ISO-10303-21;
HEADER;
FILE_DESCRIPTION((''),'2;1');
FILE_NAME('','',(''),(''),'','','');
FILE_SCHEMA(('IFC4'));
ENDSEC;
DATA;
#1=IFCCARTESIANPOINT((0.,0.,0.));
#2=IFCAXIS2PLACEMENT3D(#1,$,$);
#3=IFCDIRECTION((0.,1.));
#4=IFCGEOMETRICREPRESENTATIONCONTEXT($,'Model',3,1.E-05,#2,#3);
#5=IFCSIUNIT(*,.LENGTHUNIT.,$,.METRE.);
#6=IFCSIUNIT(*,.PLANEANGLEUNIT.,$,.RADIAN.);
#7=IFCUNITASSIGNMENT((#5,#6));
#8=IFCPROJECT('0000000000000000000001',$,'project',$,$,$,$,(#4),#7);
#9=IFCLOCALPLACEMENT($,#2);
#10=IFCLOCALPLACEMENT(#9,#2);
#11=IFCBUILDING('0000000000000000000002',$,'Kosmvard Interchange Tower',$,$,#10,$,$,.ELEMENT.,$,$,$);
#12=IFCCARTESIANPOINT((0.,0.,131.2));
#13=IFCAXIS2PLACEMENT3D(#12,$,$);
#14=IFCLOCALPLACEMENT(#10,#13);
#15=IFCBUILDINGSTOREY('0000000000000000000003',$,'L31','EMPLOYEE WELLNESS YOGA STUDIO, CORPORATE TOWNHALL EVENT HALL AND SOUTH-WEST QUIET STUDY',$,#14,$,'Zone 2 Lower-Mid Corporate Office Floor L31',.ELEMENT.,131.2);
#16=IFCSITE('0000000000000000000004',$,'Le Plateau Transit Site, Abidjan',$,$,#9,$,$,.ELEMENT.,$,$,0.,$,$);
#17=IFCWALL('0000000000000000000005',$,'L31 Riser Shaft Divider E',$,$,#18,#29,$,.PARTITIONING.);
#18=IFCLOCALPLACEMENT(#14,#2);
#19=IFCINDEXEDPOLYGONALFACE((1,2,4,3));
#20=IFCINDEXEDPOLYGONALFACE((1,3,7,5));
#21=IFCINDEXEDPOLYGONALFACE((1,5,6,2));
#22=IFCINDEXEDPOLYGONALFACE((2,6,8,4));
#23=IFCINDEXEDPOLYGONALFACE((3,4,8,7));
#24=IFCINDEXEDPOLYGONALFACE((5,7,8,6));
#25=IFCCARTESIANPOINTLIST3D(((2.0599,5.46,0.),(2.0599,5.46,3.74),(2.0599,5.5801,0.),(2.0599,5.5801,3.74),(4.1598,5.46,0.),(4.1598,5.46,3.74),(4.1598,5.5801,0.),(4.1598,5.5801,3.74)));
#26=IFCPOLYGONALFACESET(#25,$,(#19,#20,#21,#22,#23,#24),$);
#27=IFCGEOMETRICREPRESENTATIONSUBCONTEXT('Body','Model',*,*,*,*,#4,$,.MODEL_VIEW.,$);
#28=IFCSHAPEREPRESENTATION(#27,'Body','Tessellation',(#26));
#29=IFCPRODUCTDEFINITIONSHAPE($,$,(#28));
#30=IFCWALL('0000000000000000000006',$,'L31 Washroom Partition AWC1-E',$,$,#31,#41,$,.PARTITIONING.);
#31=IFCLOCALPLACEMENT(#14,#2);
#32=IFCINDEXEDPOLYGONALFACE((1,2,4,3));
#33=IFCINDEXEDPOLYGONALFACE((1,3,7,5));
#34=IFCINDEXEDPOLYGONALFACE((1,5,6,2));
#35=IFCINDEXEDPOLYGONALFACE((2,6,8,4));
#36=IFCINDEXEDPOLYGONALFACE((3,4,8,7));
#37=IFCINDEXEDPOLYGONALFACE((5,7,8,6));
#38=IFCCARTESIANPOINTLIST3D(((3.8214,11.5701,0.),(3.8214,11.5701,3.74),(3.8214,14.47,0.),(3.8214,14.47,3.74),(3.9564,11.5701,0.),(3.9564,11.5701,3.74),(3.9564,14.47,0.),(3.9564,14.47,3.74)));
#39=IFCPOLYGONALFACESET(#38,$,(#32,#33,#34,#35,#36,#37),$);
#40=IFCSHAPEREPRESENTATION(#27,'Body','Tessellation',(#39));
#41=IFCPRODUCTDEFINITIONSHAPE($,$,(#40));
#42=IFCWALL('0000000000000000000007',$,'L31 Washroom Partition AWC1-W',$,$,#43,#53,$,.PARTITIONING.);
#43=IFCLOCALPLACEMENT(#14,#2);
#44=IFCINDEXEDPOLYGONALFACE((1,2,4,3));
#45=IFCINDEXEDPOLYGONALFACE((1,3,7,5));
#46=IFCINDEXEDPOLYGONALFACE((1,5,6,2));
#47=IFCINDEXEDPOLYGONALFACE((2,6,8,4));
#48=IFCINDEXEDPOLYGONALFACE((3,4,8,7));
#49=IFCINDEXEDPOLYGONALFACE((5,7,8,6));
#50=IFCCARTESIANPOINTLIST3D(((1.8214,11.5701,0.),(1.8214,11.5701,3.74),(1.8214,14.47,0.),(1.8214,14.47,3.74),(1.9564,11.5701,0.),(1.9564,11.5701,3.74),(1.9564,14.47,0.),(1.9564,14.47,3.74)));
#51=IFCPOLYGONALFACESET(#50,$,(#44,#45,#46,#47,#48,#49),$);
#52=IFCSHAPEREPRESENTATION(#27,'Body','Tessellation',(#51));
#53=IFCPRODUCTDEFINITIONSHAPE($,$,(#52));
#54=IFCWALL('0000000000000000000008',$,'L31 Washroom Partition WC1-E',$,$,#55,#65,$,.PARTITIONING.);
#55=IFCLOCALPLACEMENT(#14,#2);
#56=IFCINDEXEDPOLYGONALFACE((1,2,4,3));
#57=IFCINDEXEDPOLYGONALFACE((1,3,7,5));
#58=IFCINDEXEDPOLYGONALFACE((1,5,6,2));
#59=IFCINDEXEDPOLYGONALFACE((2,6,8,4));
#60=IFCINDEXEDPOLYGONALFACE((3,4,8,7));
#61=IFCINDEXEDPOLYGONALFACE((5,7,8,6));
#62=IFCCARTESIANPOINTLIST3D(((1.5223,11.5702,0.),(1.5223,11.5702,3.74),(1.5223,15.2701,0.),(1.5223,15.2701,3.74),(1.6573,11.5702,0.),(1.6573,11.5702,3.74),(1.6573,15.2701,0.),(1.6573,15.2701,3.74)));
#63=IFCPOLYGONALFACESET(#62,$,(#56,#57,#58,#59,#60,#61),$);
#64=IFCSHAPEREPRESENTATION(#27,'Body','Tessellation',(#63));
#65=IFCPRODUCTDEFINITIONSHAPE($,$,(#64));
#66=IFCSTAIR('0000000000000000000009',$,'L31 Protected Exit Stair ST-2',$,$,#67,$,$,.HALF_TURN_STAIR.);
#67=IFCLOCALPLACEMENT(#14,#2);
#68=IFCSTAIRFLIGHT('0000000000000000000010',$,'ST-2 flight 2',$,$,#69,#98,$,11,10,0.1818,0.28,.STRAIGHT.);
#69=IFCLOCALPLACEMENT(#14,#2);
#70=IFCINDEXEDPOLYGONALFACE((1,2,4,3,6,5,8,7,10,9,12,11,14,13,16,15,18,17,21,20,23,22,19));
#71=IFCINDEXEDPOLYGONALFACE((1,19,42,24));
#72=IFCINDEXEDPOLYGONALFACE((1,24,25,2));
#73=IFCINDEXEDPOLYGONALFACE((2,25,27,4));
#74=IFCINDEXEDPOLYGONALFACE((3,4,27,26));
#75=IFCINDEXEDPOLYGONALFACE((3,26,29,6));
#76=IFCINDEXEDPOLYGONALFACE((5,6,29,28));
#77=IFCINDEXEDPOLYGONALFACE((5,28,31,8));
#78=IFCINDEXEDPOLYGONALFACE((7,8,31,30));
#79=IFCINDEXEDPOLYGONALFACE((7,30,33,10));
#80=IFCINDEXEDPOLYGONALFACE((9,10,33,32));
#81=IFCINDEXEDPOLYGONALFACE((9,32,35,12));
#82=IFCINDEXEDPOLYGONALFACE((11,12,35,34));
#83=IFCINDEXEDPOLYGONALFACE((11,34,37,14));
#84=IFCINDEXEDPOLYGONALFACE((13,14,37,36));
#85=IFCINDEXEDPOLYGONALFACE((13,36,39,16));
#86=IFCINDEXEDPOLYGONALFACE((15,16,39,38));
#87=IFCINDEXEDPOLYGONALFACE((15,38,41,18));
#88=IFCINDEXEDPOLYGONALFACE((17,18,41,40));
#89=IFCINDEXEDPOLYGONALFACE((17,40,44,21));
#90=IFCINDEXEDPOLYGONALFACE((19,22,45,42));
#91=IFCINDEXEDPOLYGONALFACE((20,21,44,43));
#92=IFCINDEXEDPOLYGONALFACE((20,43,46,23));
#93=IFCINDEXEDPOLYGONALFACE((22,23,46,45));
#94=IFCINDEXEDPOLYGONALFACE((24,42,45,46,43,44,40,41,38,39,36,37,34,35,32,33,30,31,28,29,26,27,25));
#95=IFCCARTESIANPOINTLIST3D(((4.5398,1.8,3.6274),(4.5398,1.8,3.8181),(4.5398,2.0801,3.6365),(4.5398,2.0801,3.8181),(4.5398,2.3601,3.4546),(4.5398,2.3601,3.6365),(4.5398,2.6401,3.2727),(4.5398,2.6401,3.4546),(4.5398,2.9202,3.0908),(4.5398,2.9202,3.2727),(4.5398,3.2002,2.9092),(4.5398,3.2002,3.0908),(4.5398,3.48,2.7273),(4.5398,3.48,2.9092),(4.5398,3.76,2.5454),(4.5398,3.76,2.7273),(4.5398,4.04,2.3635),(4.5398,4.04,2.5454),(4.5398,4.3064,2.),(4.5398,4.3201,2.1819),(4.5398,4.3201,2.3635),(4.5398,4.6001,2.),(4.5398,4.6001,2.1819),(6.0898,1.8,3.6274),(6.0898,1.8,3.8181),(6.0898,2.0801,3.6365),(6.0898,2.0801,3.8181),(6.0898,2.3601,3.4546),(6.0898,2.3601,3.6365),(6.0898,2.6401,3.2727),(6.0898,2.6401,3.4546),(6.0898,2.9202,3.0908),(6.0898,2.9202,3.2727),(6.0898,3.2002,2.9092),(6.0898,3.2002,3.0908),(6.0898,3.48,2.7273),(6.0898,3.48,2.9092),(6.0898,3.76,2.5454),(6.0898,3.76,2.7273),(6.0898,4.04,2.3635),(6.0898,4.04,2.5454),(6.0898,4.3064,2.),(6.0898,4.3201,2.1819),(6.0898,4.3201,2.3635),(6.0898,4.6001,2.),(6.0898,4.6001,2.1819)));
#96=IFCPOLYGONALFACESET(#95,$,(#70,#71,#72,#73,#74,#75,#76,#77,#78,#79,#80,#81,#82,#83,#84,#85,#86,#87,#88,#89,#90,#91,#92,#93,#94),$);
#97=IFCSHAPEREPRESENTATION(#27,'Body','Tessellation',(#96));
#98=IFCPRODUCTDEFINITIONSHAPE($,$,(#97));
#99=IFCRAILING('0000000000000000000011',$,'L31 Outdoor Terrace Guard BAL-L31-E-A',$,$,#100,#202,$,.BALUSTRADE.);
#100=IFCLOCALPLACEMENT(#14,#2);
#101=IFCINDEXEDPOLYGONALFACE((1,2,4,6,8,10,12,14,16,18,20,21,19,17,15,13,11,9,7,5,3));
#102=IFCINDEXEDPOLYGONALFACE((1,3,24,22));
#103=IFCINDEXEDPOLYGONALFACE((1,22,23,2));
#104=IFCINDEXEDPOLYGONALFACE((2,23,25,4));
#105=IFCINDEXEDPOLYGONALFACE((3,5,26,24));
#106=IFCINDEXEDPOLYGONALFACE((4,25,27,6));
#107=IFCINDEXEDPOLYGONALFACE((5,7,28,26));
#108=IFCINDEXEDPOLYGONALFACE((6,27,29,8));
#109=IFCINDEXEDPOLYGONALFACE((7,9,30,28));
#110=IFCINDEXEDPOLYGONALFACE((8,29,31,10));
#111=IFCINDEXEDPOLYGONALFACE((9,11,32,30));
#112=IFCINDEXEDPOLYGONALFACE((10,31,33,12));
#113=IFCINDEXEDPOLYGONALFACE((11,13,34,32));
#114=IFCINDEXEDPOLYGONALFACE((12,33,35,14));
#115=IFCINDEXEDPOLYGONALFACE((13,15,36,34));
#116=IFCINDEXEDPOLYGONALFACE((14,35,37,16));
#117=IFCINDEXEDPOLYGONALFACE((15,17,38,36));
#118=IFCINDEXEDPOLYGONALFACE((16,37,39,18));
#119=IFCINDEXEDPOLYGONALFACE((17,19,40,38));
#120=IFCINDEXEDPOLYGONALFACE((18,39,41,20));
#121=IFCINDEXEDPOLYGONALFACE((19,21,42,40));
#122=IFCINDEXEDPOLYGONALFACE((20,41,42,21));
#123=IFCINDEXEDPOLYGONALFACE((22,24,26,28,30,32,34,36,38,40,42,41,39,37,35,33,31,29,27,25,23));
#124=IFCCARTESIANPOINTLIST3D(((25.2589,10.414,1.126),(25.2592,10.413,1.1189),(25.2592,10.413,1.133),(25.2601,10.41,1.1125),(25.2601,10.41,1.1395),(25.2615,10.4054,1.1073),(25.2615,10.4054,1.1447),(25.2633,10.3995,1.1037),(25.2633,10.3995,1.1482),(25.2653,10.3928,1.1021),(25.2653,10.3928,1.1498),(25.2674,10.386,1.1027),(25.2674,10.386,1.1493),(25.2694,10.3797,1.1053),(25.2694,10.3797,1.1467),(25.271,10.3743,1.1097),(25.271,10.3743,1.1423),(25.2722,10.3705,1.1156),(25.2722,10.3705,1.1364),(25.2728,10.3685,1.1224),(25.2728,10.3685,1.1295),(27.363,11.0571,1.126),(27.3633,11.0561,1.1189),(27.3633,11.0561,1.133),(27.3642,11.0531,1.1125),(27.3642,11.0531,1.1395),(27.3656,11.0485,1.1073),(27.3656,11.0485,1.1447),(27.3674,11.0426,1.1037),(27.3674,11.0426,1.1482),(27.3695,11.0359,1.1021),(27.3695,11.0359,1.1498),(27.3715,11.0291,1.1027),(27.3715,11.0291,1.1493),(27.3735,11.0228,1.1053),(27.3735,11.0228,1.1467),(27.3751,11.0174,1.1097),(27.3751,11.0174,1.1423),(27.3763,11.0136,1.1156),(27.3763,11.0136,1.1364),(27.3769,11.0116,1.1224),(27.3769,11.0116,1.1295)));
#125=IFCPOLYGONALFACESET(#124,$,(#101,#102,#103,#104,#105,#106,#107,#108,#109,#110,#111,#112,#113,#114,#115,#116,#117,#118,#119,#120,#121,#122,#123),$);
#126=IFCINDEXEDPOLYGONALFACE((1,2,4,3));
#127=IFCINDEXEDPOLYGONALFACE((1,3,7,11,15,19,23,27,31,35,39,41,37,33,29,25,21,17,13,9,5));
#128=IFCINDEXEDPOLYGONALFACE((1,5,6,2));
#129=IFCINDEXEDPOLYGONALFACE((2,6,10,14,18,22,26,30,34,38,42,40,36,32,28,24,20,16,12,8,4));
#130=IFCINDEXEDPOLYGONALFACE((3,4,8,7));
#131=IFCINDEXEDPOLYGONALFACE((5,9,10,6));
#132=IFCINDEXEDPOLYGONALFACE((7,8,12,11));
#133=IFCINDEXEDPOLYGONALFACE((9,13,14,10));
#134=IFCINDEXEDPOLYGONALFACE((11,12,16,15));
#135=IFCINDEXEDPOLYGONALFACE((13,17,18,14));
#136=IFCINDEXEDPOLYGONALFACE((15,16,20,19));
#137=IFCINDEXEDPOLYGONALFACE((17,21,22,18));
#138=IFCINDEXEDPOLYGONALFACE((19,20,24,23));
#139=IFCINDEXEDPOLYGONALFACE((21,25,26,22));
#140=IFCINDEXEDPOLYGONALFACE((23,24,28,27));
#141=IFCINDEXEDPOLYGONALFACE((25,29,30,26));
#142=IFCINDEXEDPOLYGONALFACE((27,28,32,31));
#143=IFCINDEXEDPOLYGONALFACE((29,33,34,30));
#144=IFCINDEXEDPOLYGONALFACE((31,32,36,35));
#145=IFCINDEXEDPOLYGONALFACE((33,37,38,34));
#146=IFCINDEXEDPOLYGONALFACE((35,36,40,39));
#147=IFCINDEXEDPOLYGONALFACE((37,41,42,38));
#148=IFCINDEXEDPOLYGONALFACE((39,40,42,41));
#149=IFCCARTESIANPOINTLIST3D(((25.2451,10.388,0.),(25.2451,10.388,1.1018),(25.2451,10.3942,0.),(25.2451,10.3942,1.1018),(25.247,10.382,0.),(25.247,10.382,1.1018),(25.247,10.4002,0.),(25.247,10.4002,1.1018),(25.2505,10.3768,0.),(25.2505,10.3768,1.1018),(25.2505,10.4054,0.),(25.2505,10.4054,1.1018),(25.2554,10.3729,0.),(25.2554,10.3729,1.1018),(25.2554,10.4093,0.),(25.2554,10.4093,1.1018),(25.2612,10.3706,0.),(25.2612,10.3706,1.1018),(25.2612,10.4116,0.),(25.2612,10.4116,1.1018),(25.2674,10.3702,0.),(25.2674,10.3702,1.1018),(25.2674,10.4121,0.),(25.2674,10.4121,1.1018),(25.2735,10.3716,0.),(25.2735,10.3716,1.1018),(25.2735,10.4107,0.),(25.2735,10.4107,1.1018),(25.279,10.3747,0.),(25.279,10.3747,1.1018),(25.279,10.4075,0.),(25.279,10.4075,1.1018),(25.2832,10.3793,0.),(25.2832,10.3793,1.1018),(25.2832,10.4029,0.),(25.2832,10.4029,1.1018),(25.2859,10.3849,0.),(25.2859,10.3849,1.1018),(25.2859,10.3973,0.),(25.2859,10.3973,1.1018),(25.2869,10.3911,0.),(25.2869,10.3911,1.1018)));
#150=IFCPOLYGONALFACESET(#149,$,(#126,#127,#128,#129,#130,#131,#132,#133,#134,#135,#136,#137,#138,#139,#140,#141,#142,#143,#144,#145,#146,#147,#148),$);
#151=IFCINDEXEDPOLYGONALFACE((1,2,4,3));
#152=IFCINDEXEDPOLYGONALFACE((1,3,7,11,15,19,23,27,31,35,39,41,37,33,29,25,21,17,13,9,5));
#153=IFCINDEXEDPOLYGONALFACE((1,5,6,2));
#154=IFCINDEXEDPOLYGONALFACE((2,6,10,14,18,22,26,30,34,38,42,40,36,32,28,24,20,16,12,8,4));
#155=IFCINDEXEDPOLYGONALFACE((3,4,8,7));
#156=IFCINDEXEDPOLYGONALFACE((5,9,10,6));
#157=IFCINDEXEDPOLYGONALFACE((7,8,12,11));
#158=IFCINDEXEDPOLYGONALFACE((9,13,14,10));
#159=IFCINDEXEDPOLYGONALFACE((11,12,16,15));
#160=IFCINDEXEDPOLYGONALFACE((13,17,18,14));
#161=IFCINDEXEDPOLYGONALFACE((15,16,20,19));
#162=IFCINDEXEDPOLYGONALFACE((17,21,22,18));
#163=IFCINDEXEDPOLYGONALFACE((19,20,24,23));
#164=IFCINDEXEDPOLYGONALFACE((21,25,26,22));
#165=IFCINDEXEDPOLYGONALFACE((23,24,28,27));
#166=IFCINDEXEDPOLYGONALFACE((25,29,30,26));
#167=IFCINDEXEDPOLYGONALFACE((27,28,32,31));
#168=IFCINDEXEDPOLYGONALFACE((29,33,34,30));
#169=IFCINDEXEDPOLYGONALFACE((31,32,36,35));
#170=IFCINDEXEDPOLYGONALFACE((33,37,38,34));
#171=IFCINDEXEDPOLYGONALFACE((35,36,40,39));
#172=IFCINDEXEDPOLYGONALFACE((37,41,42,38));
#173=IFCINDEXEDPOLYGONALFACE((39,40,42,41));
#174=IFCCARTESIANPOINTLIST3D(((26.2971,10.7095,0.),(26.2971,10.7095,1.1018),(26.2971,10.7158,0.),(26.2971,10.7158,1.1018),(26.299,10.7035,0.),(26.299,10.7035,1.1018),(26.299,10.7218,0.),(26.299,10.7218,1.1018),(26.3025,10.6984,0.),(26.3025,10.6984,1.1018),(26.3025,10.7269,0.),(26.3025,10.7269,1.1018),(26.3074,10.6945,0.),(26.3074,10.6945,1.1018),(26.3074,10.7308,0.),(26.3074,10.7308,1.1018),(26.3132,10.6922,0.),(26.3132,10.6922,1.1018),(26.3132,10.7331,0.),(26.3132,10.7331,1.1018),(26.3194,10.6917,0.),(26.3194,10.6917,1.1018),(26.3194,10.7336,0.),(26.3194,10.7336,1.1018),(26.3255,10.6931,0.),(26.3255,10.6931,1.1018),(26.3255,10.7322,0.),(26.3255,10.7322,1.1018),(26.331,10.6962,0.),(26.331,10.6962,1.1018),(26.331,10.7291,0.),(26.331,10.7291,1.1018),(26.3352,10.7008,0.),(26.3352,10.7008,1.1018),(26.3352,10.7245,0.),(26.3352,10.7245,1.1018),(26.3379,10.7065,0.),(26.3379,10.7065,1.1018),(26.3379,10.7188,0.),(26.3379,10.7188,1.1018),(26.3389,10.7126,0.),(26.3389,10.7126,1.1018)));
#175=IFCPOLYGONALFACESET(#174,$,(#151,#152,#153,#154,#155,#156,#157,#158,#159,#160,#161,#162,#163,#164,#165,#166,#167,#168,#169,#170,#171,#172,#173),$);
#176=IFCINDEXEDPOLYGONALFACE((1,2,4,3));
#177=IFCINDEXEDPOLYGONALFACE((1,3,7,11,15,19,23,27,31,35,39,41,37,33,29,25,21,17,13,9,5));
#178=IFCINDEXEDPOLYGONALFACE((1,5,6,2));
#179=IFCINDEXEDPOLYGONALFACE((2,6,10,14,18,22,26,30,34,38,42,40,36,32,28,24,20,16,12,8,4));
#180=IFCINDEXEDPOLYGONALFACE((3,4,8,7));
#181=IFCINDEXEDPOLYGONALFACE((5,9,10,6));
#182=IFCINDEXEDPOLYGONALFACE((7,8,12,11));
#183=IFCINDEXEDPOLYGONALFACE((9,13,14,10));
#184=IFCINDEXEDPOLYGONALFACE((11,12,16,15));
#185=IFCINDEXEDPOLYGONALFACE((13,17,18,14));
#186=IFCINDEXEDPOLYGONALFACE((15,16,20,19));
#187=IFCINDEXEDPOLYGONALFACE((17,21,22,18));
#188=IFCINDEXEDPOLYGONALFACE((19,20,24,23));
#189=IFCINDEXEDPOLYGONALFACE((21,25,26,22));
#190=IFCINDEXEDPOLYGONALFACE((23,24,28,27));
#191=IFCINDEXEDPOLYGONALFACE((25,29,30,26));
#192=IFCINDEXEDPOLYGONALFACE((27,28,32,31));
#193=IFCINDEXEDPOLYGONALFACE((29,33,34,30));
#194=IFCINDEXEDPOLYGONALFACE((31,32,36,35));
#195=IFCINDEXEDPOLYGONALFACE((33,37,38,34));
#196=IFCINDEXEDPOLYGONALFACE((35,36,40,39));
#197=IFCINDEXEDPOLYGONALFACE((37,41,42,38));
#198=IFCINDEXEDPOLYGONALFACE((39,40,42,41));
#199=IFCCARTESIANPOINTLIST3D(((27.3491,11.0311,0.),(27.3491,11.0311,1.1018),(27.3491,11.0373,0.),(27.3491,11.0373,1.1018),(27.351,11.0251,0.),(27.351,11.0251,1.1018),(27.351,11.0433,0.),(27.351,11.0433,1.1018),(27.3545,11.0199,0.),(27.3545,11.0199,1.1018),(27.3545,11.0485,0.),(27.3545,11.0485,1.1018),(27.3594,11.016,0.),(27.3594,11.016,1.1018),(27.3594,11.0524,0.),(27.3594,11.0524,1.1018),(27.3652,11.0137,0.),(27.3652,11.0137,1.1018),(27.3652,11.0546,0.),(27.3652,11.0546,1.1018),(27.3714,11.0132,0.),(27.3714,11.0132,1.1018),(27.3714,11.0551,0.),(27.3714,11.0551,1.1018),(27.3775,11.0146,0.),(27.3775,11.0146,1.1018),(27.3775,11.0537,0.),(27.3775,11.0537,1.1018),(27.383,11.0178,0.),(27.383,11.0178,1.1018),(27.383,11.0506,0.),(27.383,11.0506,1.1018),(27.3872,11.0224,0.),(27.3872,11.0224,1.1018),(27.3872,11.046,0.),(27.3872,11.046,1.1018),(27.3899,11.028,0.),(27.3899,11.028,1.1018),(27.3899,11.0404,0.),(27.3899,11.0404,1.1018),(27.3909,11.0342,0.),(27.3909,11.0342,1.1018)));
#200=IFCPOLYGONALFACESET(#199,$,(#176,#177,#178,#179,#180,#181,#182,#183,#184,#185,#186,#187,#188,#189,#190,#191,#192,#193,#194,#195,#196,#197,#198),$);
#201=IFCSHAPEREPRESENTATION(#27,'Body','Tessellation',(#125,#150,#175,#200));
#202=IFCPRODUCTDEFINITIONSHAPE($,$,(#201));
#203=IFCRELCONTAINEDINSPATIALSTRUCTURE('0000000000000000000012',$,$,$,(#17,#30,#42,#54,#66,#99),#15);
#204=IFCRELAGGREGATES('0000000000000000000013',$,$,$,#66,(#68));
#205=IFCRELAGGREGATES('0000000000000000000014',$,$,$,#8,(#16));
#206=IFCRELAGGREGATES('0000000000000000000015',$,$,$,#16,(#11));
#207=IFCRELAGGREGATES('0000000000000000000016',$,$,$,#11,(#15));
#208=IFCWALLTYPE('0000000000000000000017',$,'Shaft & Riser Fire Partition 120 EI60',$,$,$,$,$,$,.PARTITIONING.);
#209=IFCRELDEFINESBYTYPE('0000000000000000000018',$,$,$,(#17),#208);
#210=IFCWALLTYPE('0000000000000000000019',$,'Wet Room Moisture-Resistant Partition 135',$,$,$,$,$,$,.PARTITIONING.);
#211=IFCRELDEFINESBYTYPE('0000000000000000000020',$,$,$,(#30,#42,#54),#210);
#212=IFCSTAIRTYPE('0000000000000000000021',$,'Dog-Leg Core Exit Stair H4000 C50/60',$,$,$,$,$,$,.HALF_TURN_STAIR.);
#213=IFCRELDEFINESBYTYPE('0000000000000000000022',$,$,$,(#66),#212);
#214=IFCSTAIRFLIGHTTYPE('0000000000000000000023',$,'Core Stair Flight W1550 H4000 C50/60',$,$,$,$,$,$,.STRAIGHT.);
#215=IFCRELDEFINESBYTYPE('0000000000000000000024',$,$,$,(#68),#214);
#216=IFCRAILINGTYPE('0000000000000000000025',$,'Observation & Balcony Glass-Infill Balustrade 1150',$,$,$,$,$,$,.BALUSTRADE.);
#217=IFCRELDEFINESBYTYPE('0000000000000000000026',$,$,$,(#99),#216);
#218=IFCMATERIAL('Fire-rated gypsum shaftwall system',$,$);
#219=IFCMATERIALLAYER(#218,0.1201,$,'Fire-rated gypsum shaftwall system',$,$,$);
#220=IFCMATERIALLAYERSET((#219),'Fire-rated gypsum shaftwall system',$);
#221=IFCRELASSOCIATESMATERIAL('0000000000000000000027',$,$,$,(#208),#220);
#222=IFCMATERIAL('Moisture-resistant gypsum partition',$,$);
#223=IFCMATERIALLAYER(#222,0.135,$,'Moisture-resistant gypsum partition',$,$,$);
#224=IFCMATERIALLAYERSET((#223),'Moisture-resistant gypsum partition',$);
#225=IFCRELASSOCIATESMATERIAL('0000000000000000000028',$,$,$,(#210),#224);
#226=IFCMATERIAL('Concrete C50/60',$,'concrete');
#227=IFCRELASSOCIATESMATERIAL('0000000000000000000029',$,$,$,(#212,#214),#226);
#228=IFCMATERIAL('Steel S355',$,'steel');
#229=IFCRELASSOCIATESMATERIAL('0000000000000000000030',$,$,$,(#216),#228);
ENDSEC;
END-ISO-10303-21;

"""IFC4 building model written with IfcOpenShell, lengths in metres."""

from ifc_helpers import new_model, si_unit, direction, frame, frame_2d, origin, origin_2d, place, context, subcontext, project, spatial, polyline, rectangle, circle, outline, extrude, source, transform, mapped, material, layer, layer_set, type_object, element, aggregate, save


model = new_model("IFC4")

# Units and contexts
model_context = context("Model", 3, precision=1e-05, world=origin(), true_north=direction((0.0, 1.0)))
body_context = subcontext(model_context, "Body", "Model", "MODEL_VIEW")
ifc_project = project(units=[si_unit("LENGTHUNIT", "METRE"), si_unit("PLANEANGLEUNIT", "RADIAN")], contexts=[model_context])

# Site, building, storey
site_placement = place(None, origin())
site = spatial("IfcSite", under=ifc_project, at=site_placement, Name="Le Plateau Transit Site, Abidjan", CompositionType="ELEMENT", RefElevation=0.0)
building_placement = place(site_placement, origin())
building = spatial("IfcBuilding", under=site, at=building_placement, Name="Kosmvard Interchange Tower", CompositionType="ELEMENT")
storey_placement = place(building_placement, frame((0.0, 0.0, 131.2)))
storey = spatial("IfcBuildingStorey", under=building, at=storey_placement, Name="L31", Description="EMPLOYEE WELLNESS YOGA STUDIO, CORPORATE TOWNHALL EVENT HALL AND SOUTH-WEST QUIET STUDY", LongName="Zone 2 Lower-Mid Corporate Office Floor L31", CompositionType="ELEMENT", Elevation=131.2)

# Shared definitions
ifc_material_1 = material(Name="Steel S355", Category="steel")

# Walls
ifc_material_2 = material(Name="Fire-rated gypsum shaftwall system")
ifc_layer_1 = layer(ifc_material_2, 0.1201, Name="Fire-rated gypsum shaftwall system")
ifc_layer_set_1 = layer_set([ifc_layer_1], Name="Fire-rated gypsum shaftwall system")
wall_type_1 = type_object("IfcWallType", Name="Shaft & Riser Fire Partition 120 EI60", PredefinedType="PARTITIONING", material=ifc_layer_set_1)
wall_1_placement = place(storey_placement, frame((2.0601, 5.52, 0.0), z_axis=(0.0, 0.0, 1.0), x_axis=(1.0, 0.0, 0.0)))
element("IfcWall", 1, at=wall_1_placement, inside=storey, type_object=wall_type_1, Name="L31 Riser Shaft Divider E", PredefinedType="PARTITIONING", context=body_context, shape_type="SweptSolid", body=[
    extrude(rectangle(XDim=2.0999, YDim=0.1201, at=frame_2d((1.0498, 0.0))), origin(), (0.0, 0.0, 1.0), 3.74),
])
ifc_material_3 = material(Name="Moisture-resistant gypsum partition")
ifc_layer_2 = layer(ifc_material_3, 0.135, Name="Moisture-resistant gypsum partition")
ifc_layer_set_2 = layer_set([ifc_layer_2], Name="Moisture-resistant gypsum partition")
wall_type_2 = type_object("IfcWallType", Name="Wet Room Moisture-Resistant Partition 135", PredefinedType="PARTITIONING", material=ifc_layer_set_2)
for number, where, z_axis, x_axis, name in (
    (2, (3.8889, 11.5701, 0.0), (0.0, 0.0, 1.0), (0.0, 1.0, 0.0), "L31 Washroom Partition AWC1-E"),
    (3, (1.8889, 11.5701, 0.0), (0.0, 0.0, 1.0), (0.0, 1.0, 0.0), "L31 Washroom Partition AWC1-W"),
):
    element("IfcWall", number, at=place(storey_placement, frame(where, z_axis=z_axis, x_axis=x_axis)), inside=storey, type_object=wall_type_2, Name=name, PredefinedType="PARTITIONING", context=body_context, shape_type="SweptSolid", body=[
        extrude(rectangle(XDim=2.8999, YDim=0.135, at=frame_2d((1.45, 0.0))), origin(), (0.0, 0.0, 1.0), 3.74),
    ])
wall_2_placement = place(storey_placement, frame((1.5898, 11.5701, 0.0), z_axis=(0.0, 0.0, 1.0), x_axis=(0.0, 1.0, 0.0)))
element("IfcWall", 4, at=wall_2_placement, inside=storey, type_object=wall_type_2, Name="L31 Washroom Partition WC1-E", PredefinedType="PARTITIONING", context=body_context, shape_type="SweptSolid", body=[
    extrude(rectangle(XDim=3.7, YDim=0.135, at=frame_2d((1.8501, 0.0))), origin(), (0.0, 0.0, 1.0), 3.74),
])

# Stair, stair flight
ifc_material_4 = material(Name="Concrete C50/60", Category="concrete")
stair_type = type_object("IfcStairType", Name="Dog-Leg Core Exit Stair H4000 C50/60", PredefinedType="HALF_TURN_STAIR", material=ifc_material_4)
stair_placement = place(storey_placement, origin())
stair = element("IfcStair", 5, at=stair_placement, inside=storey, type_object=stair_type, Name="L31 Protected Exit Stair ST-2", PredefinedType="HALF_TURN_STAIR")
stair_flight_type = type_object("IfcStairFlightType", Name="Core Stair Flight W1550 H4000 C50/60", PredefinedType="STRAIGHT", material=ifc_material_4)
shared_shape_1 = source(origin(), body_context, "Body", "SweptSolid", [
    extrude(outline(polyline([(0.0, 0.0), (0.0, 0.1819), (0.28, 0.1819), (0.28, 0.3635), (0.5601, 0.3635), (0.5601, 0.5454), (0.8401, 0.5454), (0.8401, 0.7273), (1.1201, 0.7273), (1.1201, 0.9092), (1.3999, 0.9092), (1.3999, 1.0908), (1.6799, 1.0908), (1.6799, 1.2727), (1.96, 1.2727), (1.96, 1.4546), (2.24, 1.4546), (2.24, 1.6365), (2.52, 1.6365), (2.52, 1.8181), (2.8, 1.8181), (2.8, 2.0), (2.8, 1.6274), (0.2937, 0.0), (0.0, 0.0)])), frame((0.0, 0.7749, 0.0), z_axis=(0.0, -1.0, 0.0), x_axis=(1.0, 0.0, 0.0)), (0.0, 0.0, 1.0), 1.55),
])
stair_flight_placement = place(storey_placement, frame((5.3149, 4.6001, 2.0), z_axis=(0.0, 0.0, 1.0), x_axis=(0.0, -1.0, 0.0)))
stair_flight = element("IfcStairFlight", 6, at=stair_flight_placement, type_object=stair_flight_type, Name="ST-2 flight 2", NumberOfRisers=11, NumberOfTreads=10, PredefinedType="STRAIGHT", RiserHeight=0.1818, TreadLength=0.28, context=body_context, shape_type="MappedRepresentation", body=[
    mapped(shared_shape_1, transform((0.0, 0.0, 0.0), scale=1.0)),
])
aggregate(stair, [stair_flight])

# Railing
railing_type_1 = type_object("IfcRailingType", Name="Observation & Balcony Glass-Infill Balustrade 1150", PredefinedType="BALUSTRADE", material=ifc_material_1)
shared_shape_2 = source(origin(), body_context, "Body", "SweptSolid", [
    extrude(circle(Radius=0.0239, at=origin_2d()), frame((0.0, 0.0, 1.126), z_axis=(0.956329, 0.292292, 0.0), x_axis=(-0.292292, 0.956329, 0.0)), (0.0, 0.0, 1.0), 2.2002),
    extrude(circle(Radius=0.021, at=origin_2d()), origin(), (0.0, 0.0, 1.0), 1.1018),
    extrude(circle(Radius=0.021, at=origin_2d()), frame((1.052, 0.3215, 0.0)), (0.0, 0.0, 1.0), 1.1018),
    extrude(circle(Radius=0.021, at=origin_2d()), frame((2.104, 0.6431, 0.0)), (0.0, 0.0, 1.0), 1.1018),
])
railing_1_placement = place(storey_placement, frame((25.2659, 10.3911, 0.0)))
element("IfcRailing", 7, at=railing_1_placement, inside=storey, type_object=railing_type_1, Name="L31 Outdoor Terrace Guard BAL-L31-E-A", PredefinedType="BALUSTRADE", context=body_context, shape_type="MappedRepresentation", body=[
    mapped(shared_shape_2, transform((0.0, 0.0, 0.0), scale=1.0)),
])

save(model, "model.ifc")
